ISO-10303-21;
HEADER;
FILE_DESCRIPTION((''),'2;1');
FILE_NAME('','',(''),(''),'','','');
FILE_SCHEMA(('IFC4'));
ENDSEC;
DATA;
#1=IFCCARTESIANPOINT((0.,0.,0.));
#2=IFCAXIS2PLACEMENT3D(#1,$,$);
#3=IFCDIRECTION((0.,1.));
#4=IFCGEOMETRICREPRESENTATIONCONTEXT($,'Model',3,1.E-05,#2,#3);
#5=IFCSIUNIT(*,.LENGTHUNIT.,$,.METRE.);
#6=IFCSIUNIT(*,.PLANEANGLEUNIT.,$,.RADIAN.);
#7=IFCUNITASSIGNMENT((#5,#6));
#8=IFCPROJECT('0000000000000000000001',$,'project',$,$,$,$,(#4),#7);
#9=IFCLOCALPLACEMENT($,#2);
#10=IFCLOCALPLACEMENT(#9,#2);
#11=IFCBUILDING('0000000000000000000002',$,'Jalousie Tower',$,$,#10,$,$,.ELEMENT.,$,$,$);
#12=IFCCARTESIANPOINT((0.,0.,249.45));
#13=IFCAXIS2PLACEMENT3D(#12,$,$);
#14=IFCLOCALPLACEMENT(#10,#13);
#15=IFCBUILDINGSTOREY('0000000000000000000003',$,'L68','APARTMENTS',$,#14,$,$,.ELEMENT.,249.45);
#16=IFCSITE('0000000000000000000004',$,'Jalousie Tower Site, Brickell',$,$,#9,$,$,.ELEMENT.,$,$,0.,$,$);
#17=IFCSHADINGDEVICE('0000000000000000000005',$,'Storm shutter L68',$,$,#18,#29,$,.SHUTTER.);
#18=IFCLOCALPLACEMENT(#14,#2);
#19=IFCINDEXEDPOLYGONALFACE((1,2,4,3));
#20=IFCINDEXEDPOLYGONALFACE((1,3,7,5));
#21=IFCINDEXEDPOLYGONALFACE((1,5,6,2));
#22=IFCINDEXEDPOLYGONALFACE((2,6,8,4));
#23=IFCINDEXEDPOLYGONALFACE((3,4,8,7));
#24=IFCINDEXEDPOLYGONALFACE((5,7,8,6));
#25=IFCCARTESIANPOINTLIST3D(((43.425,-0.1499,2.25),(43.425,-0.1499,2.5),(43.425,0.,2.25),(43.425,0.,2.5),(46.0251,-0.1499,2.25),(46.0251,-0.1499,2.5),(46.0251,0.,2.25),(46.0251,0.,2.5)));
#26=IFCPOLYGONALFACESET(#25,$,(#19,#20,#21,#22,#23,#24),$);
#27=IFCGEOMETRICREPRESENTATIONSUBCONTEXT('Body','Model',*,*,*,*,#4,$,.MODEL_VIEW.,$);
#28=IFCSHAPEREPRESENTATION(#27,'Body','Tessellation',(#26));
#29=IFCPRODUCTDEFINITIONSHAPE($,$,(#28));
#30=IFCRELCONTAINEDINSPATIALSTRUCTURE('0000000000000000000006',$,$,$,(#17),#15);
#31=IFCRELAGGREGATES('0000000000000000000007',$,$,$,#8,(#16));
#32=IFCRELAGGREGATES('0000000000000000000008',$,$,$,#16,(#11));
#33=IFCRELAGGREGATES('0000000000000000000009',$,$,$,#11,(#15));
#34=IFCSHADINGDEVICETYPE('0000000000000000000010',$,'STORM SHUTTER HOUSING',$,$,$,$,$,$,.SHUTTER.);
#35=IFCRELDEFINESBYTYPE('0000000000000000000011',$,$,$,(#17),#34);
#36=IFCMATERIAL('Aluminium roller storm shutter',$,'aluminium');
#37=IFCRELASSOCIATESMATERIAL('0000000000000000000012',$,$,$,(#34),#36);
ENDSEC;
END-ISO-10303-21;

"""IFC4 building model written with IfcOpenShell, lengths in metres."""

from ifc_helpers import new_model, si_unit, direction, frame, origin, origin_2d, place, context, subcontext, project, spatial, rectangle, extrude, material, type_object, element, save


model = new_model("IFC4")

# Units and contexts
model_context = context("Model", 3, precision=1e-05, world=origin(), true_north=direction((0.0, 1.0)))
body_context = subcontext(model_context, "Body", "Model", "MODEL_VIEW")
ifc_project = project(units=[si_unit("LENGTHUNIT", "METRE"), si_unit("PLANEANGLEUNIT", "RADIAN")], contexts=[model_context])

# Site, building, storey
site_placement = place(None, origin())
site = spatial("IfcSite", under=ifc_project, at=site_placement, Name="Jalousie Tower Site, Brickell", CompositionType="ELEMENT", RefElevation=0.0)
building_placement = place(site_placement, origin())
building = spatial("IfcBuilding", under=site, at=building_placement, Name="Jalousie Tower", CompositionType="ELEMENT")
storey_placement = place(building_placement, frame((0.0, 0.0, 249.45)))
storey = spatial("IfcBuildingStorey", under=building, at=storey_placement, Name="L68", Description="APARTMENTS", CompositionType="ELEMENT", Elevation=249.45)

# Shading device
ifc_material_1 = material(Name="Aluminium roller storm shutter", Category="aluminium")
shading_device_type_1 = type_object("IfcShadingDeviceType", Name="STORM SHUTTER HOUSING", PredefinedType="SHUTTER", material=ifc_material_1)
shading_device_1_placement = place(storey_placement, frame((44.7251, -0.075, 2.25), z_axis=(0.0, 0.0, 1.0), x_axis=(1.0, 0.0, 0.0)))
element("IfcShadingDevice", 1, at=shading_device_1_placement, inside=storey, type_object=shading_device_type_1, Name="Storm shutter L68", PredefinedType="SHUTTER", context=body_context, shape_type="SweptSolid", body=[
    extrude(rectangle(XDim=2.6001, YDim=0.1499, at=origin_2d()), origin(), (0.0, 0.0, 1.0), 0.25),
])

save(model, "model.ifc")
